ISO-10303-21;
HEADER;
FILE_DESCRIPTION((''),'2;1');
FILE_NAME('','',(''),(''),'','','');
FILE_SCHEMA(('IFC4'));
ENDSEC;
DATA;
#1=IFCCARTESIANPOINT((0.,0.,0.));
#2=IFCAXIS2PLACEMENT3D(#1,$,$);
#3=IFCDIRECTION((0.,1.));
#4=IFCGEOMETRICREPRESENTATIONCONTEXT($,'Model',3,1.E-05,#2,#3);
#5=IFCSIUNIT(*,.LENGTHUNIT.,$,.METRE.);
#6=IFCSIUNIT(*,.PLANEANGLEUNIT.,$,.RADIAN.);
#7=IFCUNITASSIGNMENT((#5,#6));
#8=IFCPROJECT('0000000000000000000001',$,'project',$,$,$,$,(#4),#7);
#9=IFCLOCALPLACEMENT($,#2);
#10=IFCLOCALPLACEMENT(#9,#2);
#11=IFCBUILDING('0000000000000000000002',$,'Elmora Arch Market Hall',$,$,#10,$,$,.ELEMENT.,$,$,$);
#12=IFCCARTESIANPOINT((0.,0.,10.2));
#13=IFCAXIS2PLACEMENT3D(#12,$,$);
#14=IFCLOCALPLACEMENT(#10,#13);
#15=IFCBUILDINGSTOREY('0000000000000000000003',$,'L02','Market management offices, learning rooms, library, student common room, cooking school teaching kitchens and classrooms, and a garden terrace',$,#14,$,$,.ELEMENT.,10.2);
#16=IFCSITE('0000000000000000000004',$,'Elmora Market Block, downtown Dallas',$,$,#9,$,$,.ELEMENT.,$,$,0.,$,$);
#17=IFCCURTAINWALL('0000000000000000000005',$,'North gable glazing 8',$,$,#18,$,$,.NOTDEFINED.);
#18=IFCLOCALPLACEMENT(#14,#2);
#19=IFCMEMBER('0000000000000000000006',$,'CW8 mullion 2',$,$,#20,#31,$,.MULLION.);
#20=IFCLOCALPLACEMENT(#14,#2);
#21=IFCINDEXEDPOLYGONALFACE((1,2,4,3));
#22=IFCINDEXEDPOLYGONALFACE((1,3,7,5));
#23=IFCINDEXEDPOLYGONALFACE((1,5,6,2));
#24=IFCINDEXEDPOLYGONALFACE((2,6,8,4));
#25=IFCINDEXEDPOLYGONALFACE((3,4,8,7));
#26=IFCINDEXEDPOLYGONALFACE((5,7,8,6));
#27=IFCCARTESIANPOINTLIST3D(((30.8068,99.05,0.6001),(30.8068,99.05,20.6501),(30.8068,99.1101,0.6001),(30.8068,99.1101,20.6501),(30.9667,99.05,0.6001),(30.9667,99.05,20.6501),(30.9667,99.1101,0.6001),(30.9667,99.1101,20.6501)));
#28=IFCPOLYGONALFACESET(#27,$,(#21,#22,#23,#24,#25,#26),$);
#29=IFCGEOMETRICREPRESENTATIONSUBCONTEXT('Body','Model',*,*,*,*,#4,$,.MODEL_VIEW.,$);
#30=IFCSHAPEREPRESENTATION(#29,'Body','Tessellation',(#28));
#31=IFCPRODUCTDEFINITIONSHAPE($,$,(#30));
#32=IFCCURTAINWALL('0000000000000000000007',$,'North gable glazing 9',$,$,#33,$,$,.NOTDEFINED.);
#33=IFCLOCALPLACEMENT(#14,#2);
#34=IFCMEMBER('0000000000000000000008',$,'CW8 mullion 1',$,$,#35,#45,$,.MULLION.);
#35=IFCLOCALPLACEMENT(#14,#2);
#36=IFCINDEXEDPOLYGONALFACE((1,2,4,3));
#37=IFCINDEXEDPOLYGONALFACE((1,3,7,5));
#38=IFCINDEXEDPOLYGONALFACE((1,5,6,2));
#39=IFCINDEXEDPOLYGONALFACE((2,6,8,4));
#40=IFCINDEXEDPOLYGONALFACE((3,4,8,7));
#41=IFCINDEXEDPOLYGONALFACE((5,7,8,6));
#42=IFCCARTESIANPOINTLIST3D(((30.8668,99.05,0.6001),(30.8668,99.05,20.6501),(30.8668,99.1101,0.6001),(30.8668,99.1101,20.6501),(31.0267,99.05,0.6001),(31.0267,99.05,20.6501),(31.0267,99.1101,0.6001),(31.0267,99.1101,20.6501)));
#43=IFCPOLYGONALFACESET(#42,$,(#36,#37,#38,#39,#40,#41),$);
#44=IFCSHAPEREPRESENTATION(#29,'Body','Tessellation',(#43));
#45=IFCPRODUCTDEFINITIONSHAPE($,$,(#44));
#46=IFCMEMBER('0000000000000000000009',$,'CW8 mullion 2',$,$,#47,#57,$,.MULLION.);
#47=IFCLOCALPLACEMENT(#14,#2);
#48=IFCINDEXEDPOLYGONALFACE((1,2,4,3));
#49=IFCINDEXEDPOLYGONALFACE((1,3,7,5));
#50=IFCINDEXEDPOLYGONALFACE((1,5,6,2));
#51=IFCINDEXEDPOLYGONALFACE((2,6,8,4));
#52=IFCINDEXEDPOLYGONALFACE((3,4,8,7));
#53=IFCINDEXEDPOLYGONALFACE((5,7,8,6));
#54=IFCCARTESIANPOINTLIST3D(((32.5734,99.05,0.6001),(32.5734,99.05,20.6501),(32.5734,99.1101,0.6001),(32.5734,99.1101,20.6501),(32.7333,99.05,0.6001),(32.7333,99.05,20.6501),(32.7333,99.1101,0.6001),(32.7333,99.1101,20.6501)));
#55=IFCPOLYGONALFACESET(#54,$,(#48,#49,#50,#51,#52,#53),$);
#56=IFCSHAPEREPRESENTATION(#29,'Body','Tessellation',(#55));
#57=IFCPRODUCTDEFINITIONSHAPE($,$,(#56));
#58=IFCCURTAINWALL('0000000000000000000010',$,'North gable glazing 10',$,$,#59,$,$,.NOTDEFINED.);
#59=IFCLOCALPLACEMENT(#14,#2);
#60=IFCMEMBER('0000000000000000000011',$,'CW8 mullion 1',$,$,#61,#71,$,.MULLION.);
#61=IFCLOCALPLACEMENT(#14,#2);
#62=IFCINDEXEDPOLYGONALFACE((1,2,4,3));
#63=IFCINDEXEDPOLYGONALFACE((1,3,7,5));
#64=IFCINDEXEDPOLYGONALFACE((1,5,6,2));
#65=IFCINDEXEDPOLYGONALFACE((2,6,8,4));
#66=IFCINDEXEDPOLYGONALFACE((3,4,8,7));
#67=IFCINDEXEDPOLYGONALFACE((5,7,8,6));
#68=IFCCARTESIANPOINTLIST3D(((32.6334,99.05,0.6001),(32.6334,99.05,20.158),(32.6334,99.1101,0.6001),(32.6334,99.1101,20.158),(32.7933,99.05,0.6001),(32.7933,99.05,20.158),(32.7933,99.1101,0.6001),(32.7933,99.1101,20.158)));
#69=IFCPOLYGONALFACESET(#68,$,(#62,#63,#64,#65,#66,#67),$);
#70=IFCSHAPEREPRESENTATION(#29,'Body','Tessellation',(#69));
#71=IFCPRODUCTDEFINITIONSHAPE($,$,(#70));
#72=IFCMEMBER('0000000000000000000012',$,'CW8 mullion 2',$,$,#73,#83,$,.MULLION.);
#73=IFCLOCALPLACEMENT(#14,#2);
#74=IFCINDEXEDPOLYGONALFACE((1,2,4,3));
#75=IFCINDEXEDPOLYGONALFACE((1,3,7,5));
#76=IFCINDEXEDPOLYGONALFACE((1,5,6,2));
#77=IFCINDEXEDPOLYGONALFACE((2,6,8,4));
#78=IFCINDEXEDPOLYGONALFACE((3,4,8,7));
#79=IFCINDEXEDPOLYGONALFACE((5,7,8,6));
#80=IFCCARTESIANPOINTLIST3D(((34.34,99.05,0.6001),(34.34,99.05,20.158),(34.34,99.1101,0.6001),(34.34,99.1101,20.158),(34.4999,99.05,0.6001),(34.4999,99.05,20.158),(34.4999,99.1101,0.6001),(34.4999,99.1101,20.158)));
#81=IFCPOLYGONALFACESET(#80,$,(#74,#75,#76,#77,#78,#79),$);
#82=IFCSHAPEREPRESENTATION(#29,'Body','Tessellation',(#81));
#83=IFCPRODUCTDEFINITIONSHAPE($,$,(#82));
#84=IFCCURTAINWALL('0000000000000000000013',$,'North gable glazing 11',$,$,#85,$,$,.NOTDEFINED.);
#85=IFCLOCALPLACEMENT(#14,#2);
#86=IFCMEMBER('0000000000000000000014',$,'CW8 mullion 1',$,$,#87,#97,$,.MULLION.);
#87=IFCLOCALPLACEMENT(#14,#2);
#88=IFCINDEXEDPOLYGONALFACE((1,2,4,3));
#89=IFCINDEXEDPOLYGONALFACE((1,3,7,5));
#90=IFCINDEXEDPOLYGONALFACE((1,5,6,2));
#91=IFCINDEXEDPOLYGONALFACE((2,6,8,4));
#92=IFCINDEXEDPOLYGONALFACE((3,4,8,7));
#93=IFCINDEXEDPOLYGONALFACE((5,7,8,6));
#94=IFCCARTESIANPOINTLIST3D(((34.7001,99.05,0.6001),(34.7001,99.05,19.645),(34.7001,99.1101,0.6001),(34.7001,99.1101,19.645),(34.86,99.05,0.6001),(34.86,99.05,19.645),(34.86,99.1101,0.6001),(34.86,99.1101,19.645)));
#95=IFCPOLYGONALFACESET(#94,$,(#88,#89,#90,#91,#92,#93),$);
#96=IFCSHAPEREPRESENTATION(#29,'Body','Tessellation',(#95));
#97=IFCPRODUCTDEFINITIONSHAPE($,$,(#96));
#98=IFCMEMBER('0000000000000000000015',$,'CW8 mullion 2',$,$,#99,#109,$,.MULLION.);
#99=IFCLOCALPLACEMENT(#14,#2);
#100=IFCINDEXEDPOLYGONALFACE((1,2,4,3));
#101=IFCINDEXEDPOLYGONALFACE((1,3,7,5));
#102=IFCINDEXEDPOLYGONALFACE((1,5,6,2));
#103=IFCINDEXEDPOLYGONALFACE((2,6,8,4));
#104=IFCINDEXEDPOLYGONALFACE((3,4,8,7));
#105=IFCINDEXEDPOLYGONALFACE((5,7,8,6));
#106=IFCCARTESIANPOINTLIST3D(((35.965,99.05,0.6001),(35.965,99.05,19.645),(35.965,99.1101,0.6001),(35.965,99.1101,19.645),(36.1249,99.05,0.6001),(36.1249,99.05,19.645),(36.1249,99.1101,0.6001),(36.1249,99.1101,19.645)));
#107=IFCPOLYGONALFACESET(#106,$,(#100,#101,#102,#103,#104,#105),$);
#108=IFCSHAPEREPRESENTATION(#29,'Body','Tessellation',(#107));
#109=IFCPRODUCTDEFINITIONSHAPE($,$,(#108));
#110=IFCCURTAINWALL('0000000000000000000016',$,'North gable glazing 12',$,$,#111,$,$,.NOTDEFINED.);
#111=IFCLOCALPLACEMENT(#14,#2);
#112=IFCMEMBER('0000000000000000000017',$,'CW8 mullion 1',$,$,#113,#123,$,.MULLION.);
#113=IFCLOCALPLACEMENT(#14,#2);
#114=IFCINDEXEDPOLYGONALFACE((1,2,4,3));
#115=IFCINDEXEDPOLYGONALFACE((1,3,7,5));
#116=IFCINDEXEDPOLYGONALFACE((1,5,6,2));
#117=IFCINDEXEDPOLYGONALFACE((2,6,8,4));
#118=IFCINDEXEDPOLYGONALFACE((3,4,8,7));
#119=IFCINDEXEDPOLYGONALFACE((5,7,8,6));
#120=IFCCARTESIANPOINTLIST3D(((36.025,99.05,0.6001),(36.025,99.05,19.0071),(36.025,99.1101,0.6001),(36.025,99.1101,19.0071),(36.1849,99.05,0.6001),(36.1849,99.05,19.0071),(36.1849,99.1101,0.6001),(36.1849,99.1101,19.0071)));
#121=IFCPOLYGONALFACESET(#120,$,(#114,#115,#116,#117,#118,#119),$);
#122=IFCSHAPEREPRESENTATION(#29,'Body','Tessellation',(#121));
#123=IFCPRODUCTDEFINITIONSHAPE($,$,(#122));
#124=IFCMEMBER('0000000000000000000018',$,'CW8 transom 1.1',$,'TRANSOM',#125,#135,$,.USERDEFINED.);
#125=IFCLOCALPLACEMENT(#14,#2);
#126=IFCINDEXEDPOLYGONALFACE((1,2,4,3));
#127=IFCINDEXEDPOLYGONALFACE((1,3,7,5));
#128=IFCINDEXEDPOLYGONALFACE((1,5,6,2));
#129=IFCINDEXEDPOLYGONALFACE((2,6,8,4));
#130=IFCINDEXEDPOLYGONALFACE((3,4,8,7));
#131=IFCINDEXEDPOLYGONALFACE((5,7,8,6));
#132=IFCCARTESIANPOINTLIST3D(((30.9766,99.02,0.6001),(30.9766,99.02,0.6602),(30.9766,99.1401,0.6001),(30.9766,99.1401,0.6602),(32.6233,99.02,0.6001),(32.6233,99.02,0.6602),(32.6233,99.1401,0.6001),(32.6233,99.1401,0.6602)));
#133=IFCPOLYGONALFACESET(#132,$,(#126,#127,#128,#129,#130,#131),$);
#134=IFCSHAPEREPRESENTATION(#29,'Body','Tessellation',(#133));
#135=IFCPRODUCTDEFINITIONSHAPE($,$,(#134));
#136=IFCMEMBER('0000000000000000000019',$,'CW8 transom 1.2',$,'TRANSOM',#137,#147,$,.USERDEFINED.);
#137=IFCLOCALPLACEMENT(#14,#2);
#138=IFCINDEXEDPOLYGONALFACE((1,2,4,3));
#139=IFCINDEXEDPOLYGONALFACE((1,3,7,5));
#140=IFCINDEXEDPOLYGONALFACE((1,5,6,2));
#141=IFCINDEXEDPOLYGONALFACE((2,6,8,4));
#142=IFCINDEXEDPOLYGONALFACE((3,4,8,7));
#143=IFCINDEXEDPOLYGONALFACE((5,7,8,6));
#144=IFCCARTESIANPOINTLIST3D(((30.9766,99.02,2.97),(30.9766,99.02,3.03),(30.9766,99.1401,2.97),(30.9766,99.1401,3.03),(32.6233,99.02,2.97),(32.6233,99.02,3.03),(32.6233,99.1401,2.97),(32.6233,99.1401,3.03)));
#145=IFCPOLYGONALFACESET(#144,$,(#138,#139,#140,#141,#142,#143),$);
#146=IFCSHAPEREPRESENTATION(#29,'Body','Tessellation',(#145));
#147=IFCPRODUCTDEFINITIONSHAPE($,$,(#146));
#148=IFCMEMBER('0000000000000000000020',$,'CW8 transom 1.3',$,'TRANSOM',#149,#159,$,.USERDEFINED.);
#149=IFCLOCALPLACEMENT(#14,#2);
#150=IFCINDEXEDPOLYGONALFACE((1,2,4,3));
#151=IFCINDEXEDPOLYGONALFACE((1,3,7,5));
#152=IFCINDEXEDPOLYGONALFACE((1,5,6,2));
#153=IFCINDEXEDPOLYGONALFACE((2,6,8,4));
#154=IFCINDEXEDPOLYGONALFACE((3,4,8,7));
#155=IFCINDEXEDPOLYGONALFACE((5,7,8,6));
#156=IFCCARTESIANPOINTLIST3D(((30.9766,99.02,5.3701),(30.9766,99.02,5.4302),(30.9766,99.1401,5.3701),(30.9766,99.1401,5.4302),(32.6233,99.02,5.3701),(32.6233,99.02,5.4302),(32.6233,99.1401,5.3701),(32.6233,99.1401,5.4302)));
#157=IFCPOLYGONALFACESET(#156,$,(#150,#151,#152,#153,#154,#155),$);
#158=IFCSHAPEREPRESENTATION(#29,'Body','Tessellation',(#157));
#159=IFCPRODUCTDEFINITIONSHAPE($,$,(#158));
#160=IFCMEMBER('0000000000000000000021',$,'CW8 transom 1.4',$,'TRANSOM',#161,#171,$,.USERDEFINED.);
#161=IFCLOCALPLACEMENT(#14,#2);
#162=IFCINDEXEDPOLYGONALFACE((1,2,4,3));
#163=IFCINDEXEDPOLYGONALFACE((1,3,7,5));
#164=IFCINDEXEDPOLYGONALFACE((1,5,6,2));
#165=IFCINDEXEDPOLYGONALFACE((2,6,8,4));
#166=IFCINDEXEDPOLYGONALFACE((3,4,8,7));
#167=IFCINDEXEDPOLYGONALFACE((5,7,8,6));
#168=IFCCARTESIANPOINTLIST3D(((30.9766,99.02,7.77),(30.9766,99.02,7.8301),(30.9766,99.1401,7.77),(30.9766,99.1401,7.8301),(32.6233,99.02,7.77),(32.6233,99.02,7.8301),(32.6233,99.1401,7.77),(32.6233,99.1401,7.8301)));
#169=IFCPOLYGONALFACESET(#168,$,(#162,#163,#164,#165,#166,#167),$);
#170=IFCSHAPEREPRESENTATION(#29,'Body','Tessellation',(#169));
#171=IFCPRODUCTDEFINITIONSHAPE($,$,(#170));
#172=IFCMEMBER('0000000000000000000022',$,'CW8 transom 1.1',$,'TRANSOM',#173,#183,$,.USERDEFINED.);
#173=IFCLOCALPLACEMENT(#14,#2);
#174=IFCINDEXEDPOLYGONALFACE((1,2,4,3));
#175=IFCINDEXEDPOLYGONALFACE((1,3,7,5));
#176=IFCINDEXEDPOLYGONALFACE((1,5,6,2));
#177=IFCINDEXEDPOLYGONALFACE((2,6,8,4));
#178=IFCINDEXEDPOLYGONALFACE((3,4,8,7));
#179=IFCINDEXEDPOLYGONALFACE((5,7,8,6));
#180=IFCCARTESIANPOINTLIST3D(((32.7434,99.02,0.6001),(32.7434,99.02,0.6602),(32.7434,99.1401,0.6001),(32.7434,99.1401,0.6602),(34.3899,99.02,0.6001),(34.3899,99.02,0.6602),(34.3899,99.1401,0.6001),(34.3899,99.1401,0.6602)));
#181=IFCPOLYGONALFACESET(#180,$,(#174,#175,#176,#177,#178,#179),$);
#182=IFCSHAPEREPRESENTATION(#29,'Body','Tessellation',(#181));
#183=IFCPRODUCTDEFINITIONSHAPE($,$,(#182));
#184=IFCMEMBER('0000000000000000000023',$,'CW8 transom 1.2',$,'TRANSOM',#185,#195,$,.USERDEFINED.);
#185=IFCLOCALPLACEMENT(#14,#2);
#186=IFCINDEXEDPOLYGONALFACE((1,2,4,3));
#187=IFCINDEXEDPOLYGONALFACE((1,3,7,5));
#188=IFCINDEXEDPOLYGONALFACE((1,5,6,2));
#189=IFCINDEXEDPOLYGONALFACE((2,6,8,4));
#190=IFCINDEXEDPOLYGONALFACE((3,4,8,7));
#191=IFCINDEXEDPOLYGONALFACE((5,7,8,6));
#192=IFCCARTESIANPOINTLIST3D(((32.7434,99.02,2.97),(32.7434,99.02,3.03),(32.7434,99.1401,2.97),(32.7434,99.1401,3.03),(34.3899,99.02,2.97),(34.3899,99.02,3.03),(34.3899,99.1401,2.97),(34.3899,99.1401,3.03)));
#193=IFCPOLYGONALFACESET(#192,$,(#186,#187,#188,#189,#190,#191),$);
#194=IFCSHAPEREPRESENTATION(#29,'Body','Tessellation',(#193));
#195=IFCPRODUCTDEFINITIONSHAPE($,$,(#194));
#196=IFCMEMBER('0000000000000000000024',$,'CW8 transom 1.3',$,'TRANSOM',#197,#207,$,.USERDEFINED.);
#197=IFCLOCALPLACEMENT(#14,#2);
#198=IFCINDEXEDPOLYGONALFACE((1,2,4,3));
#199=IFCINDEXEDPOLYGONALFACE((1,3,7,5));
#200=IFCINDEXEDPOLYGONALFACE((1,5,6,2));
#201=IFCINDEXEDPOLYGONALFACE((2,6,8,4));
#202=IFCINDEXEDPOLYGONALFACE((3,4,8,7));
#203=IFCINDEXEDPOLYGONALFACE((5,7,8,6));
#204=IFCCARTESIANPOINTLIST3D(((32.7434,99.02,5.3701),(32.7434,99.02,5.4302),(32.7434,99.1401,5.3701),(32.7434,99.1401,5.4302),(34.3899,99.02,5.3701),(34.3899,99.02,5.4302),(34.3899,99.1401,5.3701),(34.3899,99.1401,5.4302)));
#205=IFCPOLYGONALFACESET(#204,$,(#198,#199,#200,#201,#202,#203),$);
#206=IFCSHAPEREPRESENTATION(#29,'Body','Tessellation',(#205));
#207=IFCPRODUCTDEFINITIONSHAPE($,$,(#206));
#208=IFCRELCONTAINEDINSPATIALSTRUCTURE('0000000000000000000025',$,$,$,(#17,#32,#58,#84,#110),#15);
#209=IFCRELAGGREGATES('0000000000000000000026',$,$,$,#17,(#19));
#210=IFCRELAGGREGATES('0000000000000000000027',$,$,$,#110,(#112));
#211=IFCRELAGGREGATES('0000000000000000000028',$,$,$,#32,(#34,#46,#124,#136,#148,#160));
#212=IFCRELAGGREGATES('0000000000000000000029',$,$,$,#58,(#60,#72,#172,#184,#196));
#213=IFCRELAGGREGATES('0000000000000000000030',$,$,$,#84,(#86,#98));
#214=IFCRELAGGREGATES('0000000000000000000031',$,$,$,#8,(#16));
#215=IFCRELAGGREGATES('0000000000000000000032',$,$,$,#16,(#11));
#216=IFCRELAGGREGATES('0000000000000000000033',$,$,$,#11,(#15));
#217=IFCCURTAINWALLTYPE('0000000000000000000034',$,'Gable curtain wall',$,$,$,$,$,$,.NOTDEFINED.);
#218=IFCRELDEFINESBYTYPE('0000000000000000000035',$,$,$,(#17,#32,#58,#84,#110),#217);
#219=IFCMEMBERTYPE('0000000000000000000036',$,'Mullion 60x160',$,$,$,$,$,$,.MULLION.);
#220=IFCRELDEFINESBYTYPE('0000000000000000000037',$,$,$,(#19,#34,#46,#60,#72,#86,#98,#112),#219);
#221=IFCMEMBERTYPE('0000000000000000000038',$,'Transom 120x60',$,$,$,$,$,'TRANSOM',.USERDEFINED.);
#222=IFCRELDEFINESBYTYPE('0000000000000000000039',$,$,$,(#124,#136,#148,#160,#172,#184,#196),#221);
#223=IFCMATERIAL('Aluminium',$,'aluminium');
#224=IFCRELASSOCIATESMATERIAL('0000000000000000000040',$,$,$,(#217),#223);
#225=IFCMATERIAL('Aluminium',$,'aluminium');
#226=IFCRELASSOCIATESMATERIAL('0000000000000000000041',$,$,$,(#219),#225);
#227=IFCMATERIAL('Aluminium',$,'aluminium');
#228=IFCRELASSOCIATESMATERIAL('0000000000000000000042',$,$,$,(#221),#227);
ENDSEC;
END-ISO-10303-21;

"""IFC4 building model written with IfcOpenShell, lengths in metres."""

from ifc_helpers import new_model, si_unit, direction, frame, origin, origin_2d, place, context, subcontext, project, spatial, rectangle, extrude, material, material_profile, profile_set, type_object, element, aggregate, save


model = new_model("IFC4")

# Units and contexts
model_context = context("Model", 3, precision=1e-05, world=origin(), true_north=direction((0.0, 1.0)))
body_context = subcontext(model_context, "Body", "Model", "MODEL_VIEW")
ifc_project = project(units=[si_unit("LENGTHUNIT", "METRE"), si_unit("PLANEANGLEUNIT", "RADIAN")], contexts=[model_context])

# Site, building, storey
site_placement = place(None, origin())
site = spatial("IfcSite", under=ifc_project, at=site_placement, Name="Elmora Market Block, downtown Dallas", CompositionType="ELEMENT", RefElevation=0.0)
building_placement = place(site_placement, origin())
building = spatial("IfcBuilding", under=site, at=building_placement, Name="Elmora Arch Market Hall", CompositionType="ELEMENT")
storey_placement = place(building_placement, frame((0.0, 0.0, 10.2)))
storey = spatial("IfcBuildingStorey", under=building, at=storey_placement, Name="L02", Description="Market management offices, learning rooms, library, student common room, cooking school teaching kitchens and classrooms, and a garden terrace", CompositionType="ELEMENT", Elevation=10.2)

# Curtain wall, member
ifc_material_1 = material(Name="Aluminium", Category="aluminium")
curtain_wall_type = type_object("IfcCurtainWallType", Name="Gable curtain wall", PredefinedType="NOTDEFINED", material=ifc_material_1)
curtain_wall_1_placement = place(storey_placement, origin())
curtain_wall_1 = element("IfcCurtainWall", 1, at=curtain_wall_1_placement, inside=storey, type_object=curtain_wall_type, Name="North gable glazing 8", PredefinedType="NOTDEFINED")
ifc_material_2 = material(Name="Aluminium", Category="aluminium")
ifc_material_profile_1 = material_profile(ifc_material_2, rectangle(XDim=0.0601, YDim=0.1599, at=origin_2d()), Name="AL 60x160")
ifc_profile_set_1 = profile_set([ifc_material_profile_1], Name="Aluminium")
member_type_1 = type_object("IfcMemberType", Name="Mullion 60x160", PredefinedType="MULLION", material=ifc_profile_set_1)
member_1_placement = place(storey_placement, frame((30.8867, 99.0801, 0.6001), z_axis=(0.0, 0.0, 1.0), x_axis=(0.0, 1.0, 0.0)))
member_1 = element("IfcMember", 2, at=member_1_placement, type_object=member_type_1, Name="CW8 mullion 2", PredefinedType="MULLION", context=body_context, shape_type="SweptSolid", body=[
    extrude(rectangle(XDim=0.0601, YDim=0.1599, at=origin_2d()), origin(), (0.0, 0.0, 1.0), 20.05),
])
aggregate(curtain_wall_1, [member_1])

# Curtain walls, members
curtain_wall_2_placement = place(storey_placement, origin())
curtain_wall_2 = element("IfcCurtainWall", 3, at=curtain_wall_2_placement, inside=storey, type_object=curtain_wall_type, Name="North gable glazing 9", PredefinedType="NOTDEFINED")
member_2_placement = place(storey_placement, frame((30.9468, 99.0801, 0.6001), z_axis=(0.0, 0.0, 1.0), x_axis=(0.0, 1.0, 0.0)))
member_2 = element("IfcMember", 4, at=member_2_placement, type_object=member_type_1, Name="CW8 mullion 1", PredefinedType="MULLION", context=body_context, shape_type="SweptSolid", body=[
    extrude(rectangle(XDim=0.0601, YDim=0.1599, at=origin_2d()), origin(), (0.0, 0.0, 1.0), 20.05),
])
member_3_placement = place(storey_placement, frame((32.6533, 99.0801, 0.6001), z_axis=(0.0, 0.0, 1.0), x_axis=(0.0, 1.0, 0.0)))
member_3 = element("IfcMember", 5, at=member_3_placement, type_object=member_type_1, Name="CW8 mullion 2", PredefinedType="MULLION", context=body_context, shape_type="SweptSolid", body=[
    extrude(rectangle(XDim=0.0601, YDim=0.1599, at=origin_2d()), origin(), (0.0, 0.0, 1.0), 20.05),
])
curtain_wall_3_placement = place(storey_placement, origin())
curtain_wall_3 = element("IfcCurtainWall", 6, at=curtain_wall_3_placement, inside=storey, type_object=curtain_wall_type, Name="North gable glazing 10", PredefinedType="NOTDEFINED")
member_4_placement = place(storey_placement, frame((32.7134, 99.0801, 0.6001), z_axis=(0.0, 0.0, 1.0), x_axis=(0.0, 1.0, 0.0)))
member_4 = element("IfcMember", 7, at=member_4_placement, type_object=member_type_1, Name="CW8 mullion 1", PredefinedType="MULLION", context=body_context, shape_type="SweptSolid", body=[
    extrude(rectangle(XDim=0.0601, YDim=0.1599, at=origin_2d()), origin(), (0.0, 0.0, 1.0), 19.5579),
])
member_5_placement = place(storey_placement, frame((34.4199, 99.0801, 0.6001), z_axis=(0.0, 0.0, 1.0), x_axis=(0.0, 1.0, 0.0)))
member_5 = element("IfcMember", 8, at=member_5_placement, type_object=member_type_1, Name="CW8 mullion 2", PredefinedType="MULLION", context=body_context, shape_type="SweptSolid", body=[
    extrude(rectangle(XDim=0.0601, YDim=0.1599, at=origin_2d()), origin(), (0.0, 0.0, 1.0), 19.5579),
])
curtain_wall_4_placement = place(storey_placement, origin())
curtain_wall_4 = element("IfcCurtainWall", 9, at=curtain_wall_4_placement, inside=storey, type_object=curtain_wall_type, Name="North gable glazing 11", PredefinedType="NOTDEFINED")
member_6_placement = place(storey_placement, frame((34.78, 99.0801, 0.6001), z_axis=(0.0, 0.0, 1.0), x_axis=(0.0, 1.0, 0.0)))
member_6 = element("IfcMember", 10, at=member_6_placement, type_object=member_type_1, Name="CW8 mullion 1", PredefinedType="MULLION", context=body_context, shape_type="SweptSolid", body=[
    extrude(rectangle(XDim=0.0601, YDim=0.1599, at=origin_2d()), origin(), (0.0, 0.0, 1.0), 19.0449),
])
member_7_placement = place(storey_placement, frame((36.0449, 99.0801, 0.6001), z_axis=(0.0, 0.0, 1.0), x_axis=(0.0, 1.0, 0.0)))
member_7 = element("IfcMember", 11, at=member_7_placement, type_object=member_type_1, Name="CW8 mullion 2", PredefinedType="MULLION", context=body_context, shape_type="SweptSolid", body=[
    extrude(rectangle(XDim=0.0601, YDim=0.1599, at=origin_2d()), origin(), (0.0, 0.0, 1.0), 19.0449),
])

# Curtain wall, member
curtain_wall_5_placement = place(storey_placement, origin())
curtain_wall_5 = element("IfcCurtainWall", 12, at=curtain_wall_5_placement, inside=storey, type_object=curtain_wall_type, Name="North gable glazing 12", PredefinedType="NOTDEFINED")
member_8_placement = place(storey_placement, frame((36.105, 99.0801, 0.6001), z_axis=(0.0, 0.0, 1.0), x_axis=(0.0, 1.0, 0.0)))
member_8 = element("IfcMember", 13, at=member_8_placement, type_object=member_type_1, Name="CW8 mullion 1", PredefinedType="MULLION", context=body_context, shape_type="SweptSolid", body=[
    extrude(rectangle(XDim=0.0601, YDim=0.1599, at=origin_2d()), origin(), (0.0, 0.0, 1.0), 18.407),
])
aggregate(curtain_wall_5, [member_8])

# Members
ifc_material_3 = material(Name="Aluminium", Category="aluminium")
ifc_material_profile_2 = material_profile(ifc_material_3, rectangle(XDim=0.1201, YDim=0.0601, at=origin_2d()), Name="AL 120x60")
ifc_profile_set_2 = profile_set([ifc_material_profile_2], Name="Aluminium")
member_type_2 = type_object("IfcMemberType", Name="Transom 120x60", ElementType="TRANSOM", PredefinedType="USERDEFINED", material=ifc_profile_set_2)
member_9_placement = place(storey_placement, frame((30.9766, 99.0801, 0.6301), z_axis=(1.0, 0.0, 0.0), x_axis=(0.0, 1.0, 0.0)))
member_9 = element("IfcMember", 14, at=member_9_placement, type_object=member_type_2, Name="CW8 transom 1.1", ObjectType="TRANSOM", PredefinedType="USERDEFINED", context=body_context, shape_type="SweptSolid", body=[
    extrude(rectangle(XDim=0.1201, YDim=0.0601, at=origin_2d()), origin(), (0.0, 0.0, 1.0), 1.6467),
])
member_10_placement = place(storey_placement, frame((30.9766, 99.0801, 3.0), z_axis=(1.0, 0.0, 0.0), x_axis=(0.0, 1.0, 0.0)))
member_10 = element("IfcMember", 15, at=member_10_placement, type_object=member_type_2, Name="CW8 transom 1.2", ObjectType="TRANSOM", PredefinedType="USERDEFINED", context=body_context, shape_type="SweptSolid", body=[
    extrude(rectangle(XDim=0.1201, YDim=0.0601, at=origin_2d()), origin(), (0.0, 0.0, 1.0), 1.6467),
])
member_11_placement = place(storey_placement, frame((30.9766, 99.0801, 5.4001), z_axis=(1.0, 0.0, 0.0), x_axis=(0.0, 1.0, 0.0)))
member_11 = element("IfcMember", 16, at=member_11_placement, type_object=member_type_2, Name="CW8 transom 1.3", ObjectType="TRANSOM", PredefinedType="USERDEFINED", context=body_context, shape_type="SweptSolid", body=[
    extrude(rectangle(XDim=0.1201, YDim=0.0601, at=origin_2d()), origin(), (0.0, 0.0, 1.0), 1.6467),
])
member_12_placement = place(storey_placement, frame((30.9766, 99.0801, 7.8), z_axis=(1.0, 0.0, 0.0), x_axis=(0.0, 1.0, 0.0)))
member_12 = element("IfcMember", 17, at=member_12_placement, type_object=member_type_2, Name="CW8 transom 1.4", ObjectType="TRANSOM", PredefinedType="USERDEFINED", context=body_context, shape_type="SweptSolid", body=[
    extrude(rectangle(XDim=0.1201, YDim=0.0601, at=origin_2d()), origin(), (0.0, 0.0, 1.0), 1.6467),
])
member_13_placement = place(storey_placement, frame((32.7434, 99.0801, 0.6301), z_axis=(1.0, 0.0, 0.0), x_axis=(0.0, 1.0, 0.0)))
member_13 = element("IfcMember", 18, at=member_13_placement, type_object=member_type_2, Name="CW8 transom 1.1", ObjectType="TRANSOM", PredefinedType="USERDEFINED", context=body_context, shape_type="SweptSolid", body=[
    extrude(rectangle(XDim=0.1201, YDim=0.0601, at=origin_2d()), origin(), (0.0, 0.0, 1.0), 1.6465),
])
member_14_placement = place(storey_placement, frame((32.7434, 99.0801, 3.0), z_axis=(1.0, 0.0, 0.0), x_axis=(0.0, 1.0, 0.0)))
member_14 = element("IfcMember", 19, at=member_14_placement, type_object=member_type_2, Name="CW8 transom 1.2", ObjectType="TRANSOM", PredefinedType="USERDEFINED", context=body_context, shape_type="SweptSolid", body=[
    extrude(rectangle(XDim=0.1201, YDim=0.0601, at=origin_2d()), origin(), (0.0, 0.0, 1.0), 1.6465),
])
member_15_placement = place(storey_placement, frame((32.7434, 99.0801, 5.4001), z_axis=(1.0, 0.0, 0.0), x_axis=(0.0, 1.0, 0.0)))
member_15 = element("IfcMember", 20, at=member_15_placement, type_object=member_type_2, Name="CW8 transom 1.3", ObjectType="TRANSOM", PredefinedType="USERDEFINED", context=body_context, shape_type="SweptSolid", body=[
    extrude(rectangle(XDim=0.1201, YDim=0.0601, at=origin_2d()), origin(), (0.0, 0.0, 1.0), 1.6465),
])

aggregate(curtain_wall_2, [member_2, member_3, member_9, member_10, member_11, member_12])
aggregate(curtain_wall_3, [member_4, member_5, member_13, member_14, member_15])
aggregate(curtain_wall_4, [member_6, member_7])

save(model, "model.ifc")
